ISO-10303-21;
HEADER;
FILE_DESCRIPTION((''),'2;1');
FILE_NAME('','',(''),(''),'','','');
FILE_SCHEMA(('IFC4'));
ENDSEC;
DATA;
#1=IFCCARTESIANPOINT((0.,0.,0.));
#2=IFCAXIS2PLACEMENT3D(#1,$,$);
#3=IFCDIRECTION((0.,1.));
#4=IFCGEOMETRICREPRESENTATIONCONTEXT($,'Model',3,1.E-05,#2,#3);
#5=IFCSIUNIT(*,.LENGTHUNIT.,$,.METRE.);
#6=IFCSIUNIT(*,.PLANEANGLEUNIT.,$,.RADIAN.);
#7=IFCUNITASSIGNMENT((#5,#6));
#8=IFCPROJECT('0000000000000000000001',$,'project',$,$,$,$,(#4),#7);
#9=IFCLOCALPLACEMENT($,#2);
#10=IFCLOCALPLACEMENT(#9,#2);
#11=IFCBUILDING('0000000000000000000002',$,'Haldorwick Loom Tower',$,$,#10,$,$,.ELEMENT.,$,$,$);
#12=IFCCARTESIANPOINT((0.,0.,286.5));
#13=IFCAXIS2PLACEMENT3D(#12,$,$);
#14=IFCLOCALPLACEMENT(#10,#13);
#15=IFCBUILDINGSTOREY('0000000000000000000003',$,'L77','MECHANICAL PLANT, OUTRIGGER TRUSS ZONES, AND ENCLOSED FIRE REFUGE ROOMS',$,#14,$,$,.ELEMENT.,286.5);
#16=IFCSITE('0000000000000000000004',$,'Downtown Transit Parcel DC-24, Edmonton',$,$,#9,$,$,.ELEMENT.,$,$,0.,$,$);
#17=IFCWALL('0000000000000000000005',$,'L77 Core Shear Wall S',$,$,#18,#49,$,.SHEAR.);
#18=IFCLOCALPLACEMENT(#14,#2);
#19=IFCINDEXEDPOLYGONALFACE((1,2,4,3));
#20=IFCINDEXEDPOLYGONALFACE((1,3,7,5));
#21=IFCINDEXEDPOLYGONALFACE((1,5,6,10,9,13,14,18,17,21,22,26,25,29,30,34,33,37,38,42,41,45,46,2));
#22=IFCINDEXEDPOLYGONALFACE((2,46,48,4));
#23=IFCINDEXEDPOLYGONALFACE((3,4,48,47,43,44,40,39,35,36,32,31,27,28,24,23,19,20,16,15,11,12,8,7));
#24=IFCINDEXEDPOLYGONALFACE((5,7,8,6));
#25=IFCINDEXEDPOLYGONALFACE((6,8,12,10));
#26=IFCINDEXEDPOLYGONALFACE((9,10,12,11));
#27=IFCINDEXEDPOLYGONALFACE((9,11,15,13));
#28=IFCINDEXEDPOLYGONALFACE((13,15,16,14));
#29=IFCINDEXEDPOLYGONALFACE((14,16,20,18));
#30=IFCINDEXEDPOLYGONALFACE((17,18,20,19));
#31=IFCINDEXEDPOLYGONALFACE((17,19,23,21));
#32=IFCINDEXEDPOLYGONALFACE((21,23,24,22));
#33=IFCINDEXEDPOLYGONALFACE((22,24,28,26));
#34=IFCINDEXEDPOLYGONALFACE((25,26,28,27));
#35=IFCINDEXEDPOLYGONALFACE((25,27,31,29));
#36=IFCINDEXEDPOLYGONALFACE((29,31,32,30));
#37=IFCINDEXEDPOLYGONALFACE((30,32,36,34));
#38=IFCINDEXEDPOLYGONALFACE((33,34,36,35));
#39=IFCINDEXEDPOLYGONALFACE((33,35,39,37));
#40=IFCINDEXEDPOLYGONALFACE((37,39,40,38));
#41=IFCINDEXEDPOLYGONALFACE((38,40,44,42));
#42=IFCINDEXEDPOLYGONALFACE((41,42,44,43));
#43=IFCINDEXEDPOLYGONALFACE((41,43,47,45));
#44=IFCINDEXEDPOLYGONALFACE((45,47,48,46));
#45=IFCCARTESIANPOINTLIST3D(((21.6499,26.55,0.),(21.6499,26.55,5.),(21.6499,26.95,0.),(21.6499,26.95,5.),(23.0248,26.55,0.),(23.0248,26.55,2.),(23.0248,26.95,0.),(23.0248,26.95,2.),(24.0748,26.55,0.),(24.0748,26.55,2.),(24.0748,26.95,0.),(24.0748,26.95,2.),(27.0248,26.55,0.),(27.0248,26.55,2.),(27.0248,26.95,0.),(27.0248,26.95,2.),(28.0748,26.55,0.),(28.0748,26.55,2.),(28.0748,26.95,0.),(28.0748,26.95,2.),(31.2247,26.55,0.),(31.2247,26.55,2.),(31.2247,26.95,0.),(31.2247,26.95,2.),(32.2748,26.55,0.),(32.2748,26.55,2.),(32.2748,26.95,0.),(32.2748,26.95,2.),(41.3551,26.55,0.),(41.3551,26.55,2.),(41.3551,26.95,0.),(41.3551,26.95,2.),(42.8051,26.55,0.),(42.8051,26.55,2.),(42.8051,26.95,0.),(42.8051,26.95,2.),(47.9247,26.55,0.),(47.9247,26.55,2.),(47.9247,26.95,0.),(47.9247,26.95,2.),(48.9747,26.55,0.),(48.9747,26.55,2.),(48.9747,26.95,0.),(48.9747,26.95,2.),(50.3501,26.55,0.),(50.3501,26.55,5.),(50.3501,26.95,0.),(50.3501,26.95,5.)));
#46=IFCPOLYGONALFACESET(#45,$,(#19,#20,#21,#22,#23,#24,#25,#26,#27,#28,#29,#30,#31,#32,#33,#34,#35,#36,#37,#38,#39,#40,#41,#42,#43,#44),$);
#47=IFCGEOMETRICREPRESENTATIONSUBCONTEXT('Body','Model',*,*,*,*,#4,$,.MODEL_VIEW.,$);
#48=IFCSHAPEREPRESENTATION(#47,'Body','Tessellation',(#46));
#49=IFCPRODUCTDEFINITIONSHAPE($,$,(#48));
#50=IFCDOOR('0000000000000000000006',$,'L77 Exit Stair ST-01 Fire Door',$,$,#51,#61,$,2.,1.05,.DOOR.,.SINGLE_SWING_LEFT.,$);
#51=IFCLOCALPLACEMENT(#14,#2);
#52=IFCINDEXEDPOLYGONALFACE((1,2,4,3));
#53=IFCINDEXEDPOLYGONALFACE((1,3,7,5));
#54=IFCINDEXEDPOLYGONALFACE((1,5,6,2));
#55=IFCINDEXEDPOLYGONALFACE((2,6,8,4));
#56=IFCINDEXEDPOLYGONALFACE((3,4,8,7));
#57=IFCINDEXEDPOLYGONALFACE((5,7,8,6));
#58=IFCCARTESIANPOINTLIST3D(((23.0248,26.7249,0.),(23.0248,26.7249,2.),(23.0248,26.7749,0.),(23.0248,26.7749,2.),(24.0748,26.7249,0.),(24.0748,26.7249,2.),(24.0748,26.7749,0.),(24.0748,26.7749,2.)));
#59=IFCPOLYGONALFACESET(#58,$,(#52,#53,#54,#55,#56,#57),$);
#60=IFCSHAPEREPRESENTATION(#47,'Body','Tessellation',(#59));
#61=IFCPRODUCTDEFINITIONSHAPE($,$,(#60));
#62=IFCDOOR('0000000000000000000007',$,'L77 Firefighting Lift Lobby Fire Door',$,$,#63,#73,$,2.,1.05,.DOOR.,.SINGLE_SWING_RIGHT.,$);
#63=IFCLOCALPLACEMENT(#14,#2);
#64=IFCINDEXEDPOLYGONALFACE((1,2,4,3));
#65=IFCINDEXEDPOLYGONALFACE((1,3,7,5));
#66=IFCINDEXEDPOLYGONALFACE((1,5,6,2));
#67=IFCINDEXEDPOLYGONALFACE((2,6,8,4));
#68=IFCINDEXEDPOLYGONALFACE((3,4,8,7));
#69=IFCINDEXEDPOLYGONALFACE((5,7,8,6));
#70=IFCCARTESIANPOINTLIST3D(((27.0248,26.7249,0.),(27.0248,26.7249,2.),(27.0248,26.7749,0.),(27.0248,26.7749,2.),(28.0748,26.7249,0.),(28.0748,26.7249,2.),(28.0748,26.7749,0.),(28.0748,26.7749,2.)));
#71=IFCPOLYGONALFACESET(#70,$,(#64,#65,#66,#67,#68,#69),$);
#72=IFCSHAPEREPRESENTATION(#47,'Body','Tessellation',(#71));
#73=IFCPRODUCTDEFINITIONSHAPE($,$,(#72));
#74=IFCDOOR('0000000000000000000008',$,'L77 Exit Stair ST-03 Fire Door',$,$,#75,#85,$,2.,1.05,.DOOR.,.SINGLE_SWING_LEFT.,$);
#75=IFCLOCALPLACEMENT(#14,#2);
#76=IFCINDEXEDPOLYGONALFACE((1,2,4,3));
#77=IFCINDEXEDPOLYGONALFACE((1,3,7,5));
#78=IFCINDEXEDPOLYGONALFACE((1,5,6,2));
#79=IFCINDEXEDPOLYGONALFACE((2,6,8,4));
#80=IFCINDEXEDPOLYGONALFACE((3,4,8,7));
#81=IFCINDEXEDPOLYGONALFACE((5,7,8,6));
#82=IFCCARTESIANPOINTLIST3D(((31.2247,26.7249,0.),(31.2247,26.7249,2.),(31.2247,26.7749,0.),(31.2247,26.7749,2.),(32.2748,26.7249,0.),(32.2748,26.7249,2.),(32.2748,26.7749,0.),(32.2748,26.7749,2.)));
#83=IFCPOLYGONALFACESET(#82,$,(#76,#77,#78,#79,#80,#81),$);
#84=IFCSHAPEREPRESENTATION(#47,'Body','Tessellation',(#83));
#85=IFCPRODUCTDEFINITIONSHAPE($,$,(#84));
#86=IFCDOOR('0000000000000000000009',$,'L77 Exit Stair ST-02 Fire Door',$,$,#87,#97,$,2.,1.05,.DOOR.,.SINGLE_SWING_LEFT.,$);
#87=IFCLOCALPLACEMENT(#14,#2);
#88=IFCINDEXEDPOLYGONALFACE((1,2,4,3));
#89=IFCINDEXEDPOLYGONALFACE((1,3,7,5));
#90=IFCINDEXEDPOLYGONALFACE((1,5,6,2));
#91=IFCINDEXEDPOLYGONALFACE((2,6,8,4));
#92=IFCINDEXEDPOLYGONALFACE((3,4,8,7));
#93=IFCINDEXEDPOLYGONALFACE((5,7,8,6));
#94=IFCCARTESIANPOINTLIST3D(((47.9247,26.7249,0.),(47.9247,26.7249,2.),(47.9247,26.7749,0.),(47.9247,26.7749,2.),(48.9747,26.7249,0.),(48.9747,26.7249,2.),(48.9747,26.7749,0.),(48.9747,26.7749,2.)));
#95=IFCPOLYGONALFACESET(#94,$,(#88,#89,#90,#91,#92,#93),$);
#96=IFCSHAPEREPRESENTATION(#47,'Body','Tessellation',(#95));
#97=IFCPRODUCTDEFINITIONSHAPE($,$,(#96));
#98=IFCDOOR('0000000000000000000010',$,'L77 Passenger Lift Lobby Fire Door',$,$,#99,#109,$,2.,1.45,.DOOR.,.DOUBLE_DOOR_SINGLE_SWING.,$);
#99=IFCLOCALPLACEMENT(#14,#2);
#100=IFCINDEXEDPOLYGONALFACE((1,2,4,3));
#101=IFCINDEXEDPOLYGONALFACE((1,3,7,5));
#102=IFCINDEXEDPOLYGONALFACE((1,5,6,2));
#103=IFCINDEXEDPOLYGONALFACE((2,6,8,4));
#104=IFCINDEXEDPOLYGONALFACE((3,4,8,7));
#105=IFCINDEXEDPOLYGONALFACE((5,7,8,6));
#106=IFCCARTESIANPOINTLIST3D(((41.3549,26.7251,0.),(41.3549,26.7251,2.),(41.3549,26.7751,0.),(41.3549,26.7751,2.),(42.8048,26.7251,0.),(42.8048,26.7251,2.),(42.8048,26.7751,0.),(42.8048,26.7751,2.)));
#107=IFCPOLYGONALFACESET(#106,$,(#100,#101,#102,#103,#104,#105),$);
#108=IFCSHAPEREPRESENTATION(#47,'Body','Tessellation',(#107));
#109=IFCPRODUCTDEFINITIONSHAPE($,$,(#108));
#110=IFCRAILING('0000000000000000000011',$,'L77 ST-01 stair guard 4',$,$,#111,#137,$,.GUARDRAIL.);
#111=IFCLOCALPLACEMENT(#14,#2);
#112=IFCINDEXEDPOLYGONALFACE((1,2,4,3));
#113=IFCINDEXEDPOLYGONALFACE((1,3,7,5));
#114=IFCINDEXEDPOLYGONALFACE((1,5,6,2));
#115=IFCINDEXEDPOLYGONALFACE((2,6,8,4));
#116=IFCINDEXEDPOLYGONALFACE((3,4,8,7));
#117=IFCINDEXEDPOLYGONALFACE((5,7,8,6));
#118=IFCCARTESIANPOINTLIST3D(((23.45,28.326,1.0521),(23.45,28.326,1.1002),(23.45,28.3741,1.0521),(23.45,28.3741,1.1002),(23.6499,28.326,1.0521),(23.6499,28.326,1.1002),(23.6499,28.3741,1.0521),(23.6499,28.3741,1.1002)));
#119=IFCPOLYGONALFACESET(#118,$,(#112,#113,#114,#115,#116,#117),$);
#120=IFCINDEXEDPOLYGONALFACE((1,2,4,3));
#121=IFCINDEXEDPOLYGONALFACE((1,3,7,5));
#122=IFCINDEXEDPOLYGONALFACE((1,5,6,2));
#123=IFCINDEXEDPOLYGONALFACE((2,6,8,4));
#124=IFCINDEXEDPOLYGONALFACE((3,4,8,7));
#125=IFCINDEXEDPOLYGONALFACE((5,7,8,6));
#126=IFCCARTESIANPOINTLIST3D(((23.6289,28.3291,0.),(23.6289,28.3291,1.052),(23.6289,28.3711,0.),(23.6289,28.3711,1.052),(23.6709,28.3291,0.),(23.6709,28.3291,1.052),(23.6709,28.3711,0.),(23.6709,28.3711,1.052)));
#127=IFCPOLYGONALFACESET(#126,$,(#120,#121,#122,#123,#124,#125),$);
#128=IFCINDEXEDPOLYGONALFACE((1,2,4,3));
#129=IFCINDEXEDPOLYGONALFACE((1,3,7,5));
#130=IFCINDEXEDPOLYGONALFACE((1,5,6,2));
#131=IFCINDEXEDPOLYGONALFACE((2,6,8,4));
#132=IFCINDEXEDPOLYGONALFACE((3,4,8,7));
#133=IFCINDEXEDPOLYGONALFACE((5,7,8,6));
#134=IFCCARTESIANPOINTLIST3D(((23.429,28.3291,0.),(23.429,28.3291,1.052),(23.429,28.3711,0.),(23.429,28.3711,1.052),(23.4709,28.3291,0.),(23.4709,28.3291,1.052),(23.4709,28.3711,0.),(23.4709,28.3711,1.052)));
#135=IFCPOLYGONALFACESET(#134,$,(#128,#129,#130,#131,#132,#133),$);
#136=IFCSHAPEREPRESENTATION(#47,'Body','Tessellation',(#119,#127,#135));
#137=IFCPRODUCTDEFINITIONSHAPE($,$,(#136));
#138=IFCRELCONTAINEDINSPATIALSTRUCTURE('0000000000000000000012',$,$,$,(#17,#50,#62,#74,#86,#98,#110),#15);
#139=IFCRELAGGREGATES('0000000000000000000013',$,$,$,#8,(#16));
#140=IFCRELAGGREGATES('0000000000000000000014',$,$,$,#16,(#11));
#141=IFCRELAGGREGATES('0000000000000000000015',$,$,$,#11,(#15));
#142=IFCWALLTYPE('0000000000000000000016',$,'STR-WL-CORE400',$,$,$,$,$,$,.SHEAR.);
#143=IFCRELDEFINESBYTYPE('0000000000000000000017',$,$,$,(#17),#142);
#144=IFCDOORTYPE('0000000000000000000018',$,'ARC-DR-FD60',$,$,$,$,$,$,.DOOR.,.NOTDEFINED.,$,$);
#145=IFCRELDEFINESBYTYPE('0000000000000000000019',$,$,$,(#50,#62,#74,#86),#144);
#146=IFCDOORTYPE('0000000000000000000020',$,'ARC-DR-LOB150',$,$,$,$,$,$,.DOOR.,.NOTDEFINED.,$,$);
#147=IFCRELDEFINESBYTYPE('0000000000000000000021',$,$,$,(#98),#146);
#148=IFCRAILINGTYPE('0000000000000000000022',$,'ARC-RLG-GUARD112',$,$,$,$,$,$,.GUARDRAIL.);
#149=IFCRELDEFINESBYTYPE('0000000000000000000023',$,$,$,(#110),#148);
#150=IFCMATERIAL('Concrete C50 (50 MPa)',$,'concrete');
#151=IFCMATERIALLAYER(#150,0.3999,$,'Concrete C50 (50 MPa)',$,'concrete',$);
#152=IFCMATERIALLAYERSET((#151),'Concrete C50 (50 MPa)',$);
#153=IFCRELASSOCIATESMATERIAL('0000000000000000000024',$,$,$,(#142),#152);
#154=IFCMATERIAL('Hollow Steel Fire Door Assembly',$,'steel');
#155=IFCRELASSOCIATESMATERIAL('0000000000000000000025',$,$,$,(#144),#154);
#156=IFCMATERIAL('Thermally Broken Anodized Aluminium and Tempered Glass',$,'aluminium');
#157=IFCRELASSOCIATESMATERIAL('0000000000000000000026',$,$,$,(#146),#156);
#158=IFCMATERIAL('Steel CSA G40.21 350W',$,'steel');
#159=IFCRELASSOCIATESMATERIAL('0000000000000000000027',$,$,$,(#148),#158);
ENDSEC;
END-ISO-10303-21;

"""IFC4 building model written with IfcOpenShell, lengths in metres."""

from ifc_helpers import new_model, si_unit, direction, frame, frame_2d, origin, origin_2d, place, context, subcontext, project, spatial, rectangle, extrude, material, layer, layer_set, type_object, element, fill, save


model = new_model("IFC4")

# Units and contexts
model_context = context("Model", 3, precision=1e-05, world=origin(), true_north=direction((0.0, 1.0)))
body_context = subcontext(model_context, "Body", "Model", "MODEL_VIEW")
ifc_project = project(units=[si_unit("LENGTHUNIT", "METRE"), si_unit("PLANEANGLEUNIT", "RADIAN")], contexts=[model_context])

# Site, building, storey
site_placement = place(None, origin())
site = spatial("IfcSite", under=ifc_project, at=site_placement, Name="Downtown Transit Parcel DC-24, Edmonton", CompositionType="ELEMENT", RefElevation=0.0)
building_placement = place(site_placement, origin())
building = spatial("IfcBuilding", under=site, at=building_placement, Name="Haldorwick Loom Tower", CompositionType="ELEMENT")
storey_placement = place(building_placement, frame((0.0, 0.0, 286.5)))
storey = spatial("IfcBuildingStorey", under=building, at=storey_placement, Name="L77", Description="MECHANICAL PLANT, OUTRIGGER TRUSS ZONES, AND ENCLOSED FIRE REFUGE ROOMS", CompositionType="ELEMENT", Elevation=286.5)

# Shared definitions
ifc_material_1 = material(Name="Concrete C50 (50 MPa)", Category="concrete")
ifc_material_2 = material(Name="Steel CSA G40.21 350W", Category="steel")

# Shared definitions
ifc_material_3 = material(Name="Hollow Steel Fire Door Assembly", Category="steel")

# Shared definitions
ifc_material_4 = material(Name="Thermally Broken Anodized Aluminium and Tempered Glass", Category="aluminium")

# Wall, openings, doors
ifc_layer_1 = layer(ifc_material_1, 0.3999, Name="Concrete C50 (50 MPa)", Category="concrete")
ifc_layer_set_1 = layer_set([ifc_layer_1], Name="Concrete C50 (50 MPa)")
wall_type_1 = type_object("IfcWallType", Name="STR-WL-CORE400", PredefinedType="SHEAR", material=ifc_layer_set_1)
wall_1_placement = place(storey_placement, frame((21.6499, 26.75, 0.0), z_axis=(0.0, 0.0, 1.0), x_axis=(1.0, 0.0, 0.0)))
wall_1 = element("IfcWall", 1, at=wall_1_placement, inside=storey, type_object=wall_type_1, Name="L77 Core Shear Wall S", PredefinedType="SHEAR", context=body_context, shape_type="SweptSolid", body=[
    extrude(rectangle(XDim=28.7002, YDim=0.3999, at=frame_2d((14.3501, 0.0))), origin(), (0.0, 0.0, 1.0), 5.0),
])
opening_1_placement = place(wall_1_placement, frame((1.375, 0.0, 0.0)))
opening_1 = element("IfcOpeningElement", 2, at=opening_1_placement, cuts=wall_1, PredefinedType="OPENING", context=body_context, shape_type="SweptSolid", body=[
    extrude(rectangle(XDim=1.05, YDim=2.0, at=frame_2d((0.5249, 1.0))), frame((0.0, 0.21, 0.0), z_axis=(0.0, -1.0, 0.0), x_axis=(1.0, 0.0, 0.0)), (0.0, 0.0, 1.0), 0.4199),
])
opening_2_placement = place(wall_1_placement, frame((5.375, 0.0, 0.0)))
opening_2 = element("IfcOpeningElement", 3, at=opening_2_placement, cuts=wall_1, PredefinedType="OPENING", context=body_context, shape_type="SweptSolid", body=[
    extrude(rectangle(XDim=1.05, YDim=2.0, at=frame_2d((0.5249, 1.0))), frame((0.0, 0.21, 0.0), z_axis=(0.0, -1.0, 0.0), x_axis=(1.0, 0.0, 0.0)), (0.0, 0.0, 1.0), 0.4199),
])
opening_3_placement = place(wall_1_placement, frame((9.575, 0.0, 0.0)))
opening_3 = element("IfcOpeningElement", 4, at=opening_3_placement, cuts=wall_1, PredefinedType="OPENING", context=body_context, shape_type="SweptSolid", body=[
    extrude(rectangle(XDim=1.05, YDim=2.0, at=frame_2d((0.5249, 1.0))), frame((0.0, 0.21, 0.0), z_axis=(0.0, -1.0, 0.0), x_axis=(1.0, 0.0, 0.0)), (0.0, 0.0, 1.0), 0.4199),
])
opening_4_placement = place(wall_1_placement, frame((19.7051, 0.0, 0.0)))
opening_4 = element("IfcOpeningElement", 5, at=opening_4_placement, cuts=wall_1, PredefinedType="OPENING", context=body_context, shape_type="SweptSolid", body=[
    extrude(rectangle(XDim=1.45, YDim=2.0, at=frame_2d((0.7251, 1.0))), frame((0.0, 0.21, 0.0), z_axis=(0.0, -1.0, 0.0), x_axis=(1.0, 0.0, 0.0)), (0.0, 0.0, 1.0), 0.4199),
])
opening_5_placement = place(wall_1_placement, frame((26.2749, 0.0, 0.0)))
opening_5 = element("IfcOpeningElement", 6, at=opening_5_placement, cuts=wall_1, PredefinedType="OPENING", context=body_context, shape_type="SweptSolid", body=[
    extrude(rectangle(XDim=1.05, YDim=2.0, at=frame_2d((0.5249, 1.0))), frame((0.0, 0.21, 0.0), z_axis=(0.0, -1.0, 0.0), x_axis=(1.0, 0.0, 0.0)), (0.0, 0.0, 1.0), 0.4199),
])
door_type_1 = type_object("IfcDoorType", Name="ARC-DR-FD60", OperationType="NOTDEFINED", PredefinedType="DOOR", material=ifc_material_3)
door_1_placement = place(opening_1_placement, origin())
door_1 = element("IfcDoor", 7, at=door_1_placement, inside=storey, type_object=door_type_1, Name="L77 Exit Stair ST-01 Fire Door", OperationType="SINGLE_SWING_LEFT", OverallHeight=2.0, OverallWidth=1.05, PredefinedType="DOOR", context=body_context, shape_type="SweptSolid", body=[
    extrude(rectangle(XDim=1.05, YDim=2.0, at=frame_2d((0.5249, 1.0))), frame((0.0, 0.0249, 0.0), z_axis=(0.0, -1.0, 0.0), x_axis=(1.0, 0.0, 0.0)), (0.0, 0.0, 1.0), 0.05),
])
fill(opening_1, door_1)
door_2_placement = place(opening_2_placement, origin())
door_2 = element("IfcDoor", 8, at=door_2_placement, inside=storey, type_object=door_type_1, Name="L77 Firefighting Lift Lobby Fire Door", OperationType="SINGLE_SWING_RIGHT", OverallHeight=2.0, OverallWidth=1.05, PredefinedType="DOOR", context=body_context, shape_type="SweptSolid", body=[
    extrude(rectangle(XDim=1.05, YDim=2.0, at=frame_2d((0.5249, 1.0))), frame((0.0, 0.0249, 0.0), z_axis=(0.0, -1.0, 0.0), x_axis=(1.0, 0.0, 0.0)), (0.0, 0.0, 1.0), 0.05),
])
fill(opening_2, door_2)
door_3_placement = place(opening_3_placement, origin())
door_3 = element("IfcDoor", 9, at=door_3_placement, inside=storey, type_object=door_type_1, Name="L77 Exit Stair ST-03 Fire Door", OperationType="SINGLE_SWING_LEFT", OverallHeight=2.0, OverallWidth=1.05, PredefinedType="DOOR", context=body_context, shape_type="SweptSolid", body=[
    extrude(rectangle(XDim=1.05, YDim=2.0, at=frame_2d((0.5249, 1.0))), frame((0.0, 0.0249, 0.0), z_axis=(0.0, -1.0, 0.0), x_axis=(1.0, 0.0, 0.0)), (0.0, 0.0, 1.0), 0.05),
])
fill(opening_3, door_3)
door_4_placement = place(opening_5_placement, origin())
door_4 = element("IfcDoor", 10, at=door_4_placement, inside=storey, type_object=door_type_1, Name="L77 Exit Stair ST-02 Fire Door", OperationType="SINGLE_SWING_LEFT", OverallHeight=2.0, OverallWidth=1.05, PredefinedType="DOOR", context=body_context, shape_type="SweptSolid", body=[
    extrude(rectangle(XDim=1.05, YDim=2.0, at=frame_2d((0.5249, 1.0))), frame((0.0, 0.0249, 0.0), z_axis=(0.0, -1.0, 0.0), x_axis=(1.0, 0.0, 0.0)), (0.0, 0.0, 1.0), 0.05),
])
fill(opening_5, door_4)
door_type_2 = type_object("IfcDoorType", Name="ARC-DR-LOB150", OperationType="NOTDEFINED", PredefinedType="DOOR", material=ifc_material_4)
door_5_placement = place(opening_4_placement, frame((1.45, 0.0, 0.0), z_axis=(0.0, 0.0, 1.0), x_axis=(-1.0, 0.0, 0.0)))
door_5 = element("IfcDoor", 11, at=door_5_placement, inside=storey, type_object=door_type_2, Name="L77 Passenger Lift Lobby Fire Door", OperationType="DOUBLE_DOOR_SINGLE_SWING", OverallHeight=2.0, OverallWidth=1.45, PredefinedType="DOOR", context=body_context, shape_type="SweptSolid", body=[
    extrude(rectangle(XDim=1.45, YDim=2.0, at=frame_2d((0.7251, 1.0))), frame((0.0, 0.0249, 0.0), z_axis=(0.0, -1.0, 0.0), x_axis=(1.0, 0.0, 0.0)), (0.0, 0.0, 1.0), 0.05),
])
fill(opening_4, door_5)

# Railing
railing_type = type_object("IfcRailingType", Name="ARC-RLG-GUARD112", PredefinedType="GUARDRAIL", material=ifc_material_2)
railing_placement = place(storey_placement, frame((23.6499, 28.3501, 0.0)))
element("IfcRailing", 12, at=railing_placement, inside=storey, type_object=railing_type, Name="L77 ST-01 stair guard 4", PredefinedType="GUARDRAIL", context=body_context, shape_type="SweptSolid", body=[
    extrude(rectangle(XDim=0.0481, YDim=0.0481, at=origin_2d()), frame((0.0, 0.0, 1.0762), z_axis=(-1.0, 0.0, 0.0), x_axis=(0.0, -1.0, 0.0)), (0.0, 0.0, 1.0), 0.2),
    extrude(rectangle(XDim=0.042, YDim=0.042, at=origin_2d()), origin(), (0.0, 0.0, 1.0), 1.052),
    extrude(rectangle(XDim=0.042, YDim=0.042, at=origin_2d()), frame((-0.2, 0.0, 0.0)), (0.0, 0.0, 1.0), 1.052),
])

save(model, "model.ifc")
